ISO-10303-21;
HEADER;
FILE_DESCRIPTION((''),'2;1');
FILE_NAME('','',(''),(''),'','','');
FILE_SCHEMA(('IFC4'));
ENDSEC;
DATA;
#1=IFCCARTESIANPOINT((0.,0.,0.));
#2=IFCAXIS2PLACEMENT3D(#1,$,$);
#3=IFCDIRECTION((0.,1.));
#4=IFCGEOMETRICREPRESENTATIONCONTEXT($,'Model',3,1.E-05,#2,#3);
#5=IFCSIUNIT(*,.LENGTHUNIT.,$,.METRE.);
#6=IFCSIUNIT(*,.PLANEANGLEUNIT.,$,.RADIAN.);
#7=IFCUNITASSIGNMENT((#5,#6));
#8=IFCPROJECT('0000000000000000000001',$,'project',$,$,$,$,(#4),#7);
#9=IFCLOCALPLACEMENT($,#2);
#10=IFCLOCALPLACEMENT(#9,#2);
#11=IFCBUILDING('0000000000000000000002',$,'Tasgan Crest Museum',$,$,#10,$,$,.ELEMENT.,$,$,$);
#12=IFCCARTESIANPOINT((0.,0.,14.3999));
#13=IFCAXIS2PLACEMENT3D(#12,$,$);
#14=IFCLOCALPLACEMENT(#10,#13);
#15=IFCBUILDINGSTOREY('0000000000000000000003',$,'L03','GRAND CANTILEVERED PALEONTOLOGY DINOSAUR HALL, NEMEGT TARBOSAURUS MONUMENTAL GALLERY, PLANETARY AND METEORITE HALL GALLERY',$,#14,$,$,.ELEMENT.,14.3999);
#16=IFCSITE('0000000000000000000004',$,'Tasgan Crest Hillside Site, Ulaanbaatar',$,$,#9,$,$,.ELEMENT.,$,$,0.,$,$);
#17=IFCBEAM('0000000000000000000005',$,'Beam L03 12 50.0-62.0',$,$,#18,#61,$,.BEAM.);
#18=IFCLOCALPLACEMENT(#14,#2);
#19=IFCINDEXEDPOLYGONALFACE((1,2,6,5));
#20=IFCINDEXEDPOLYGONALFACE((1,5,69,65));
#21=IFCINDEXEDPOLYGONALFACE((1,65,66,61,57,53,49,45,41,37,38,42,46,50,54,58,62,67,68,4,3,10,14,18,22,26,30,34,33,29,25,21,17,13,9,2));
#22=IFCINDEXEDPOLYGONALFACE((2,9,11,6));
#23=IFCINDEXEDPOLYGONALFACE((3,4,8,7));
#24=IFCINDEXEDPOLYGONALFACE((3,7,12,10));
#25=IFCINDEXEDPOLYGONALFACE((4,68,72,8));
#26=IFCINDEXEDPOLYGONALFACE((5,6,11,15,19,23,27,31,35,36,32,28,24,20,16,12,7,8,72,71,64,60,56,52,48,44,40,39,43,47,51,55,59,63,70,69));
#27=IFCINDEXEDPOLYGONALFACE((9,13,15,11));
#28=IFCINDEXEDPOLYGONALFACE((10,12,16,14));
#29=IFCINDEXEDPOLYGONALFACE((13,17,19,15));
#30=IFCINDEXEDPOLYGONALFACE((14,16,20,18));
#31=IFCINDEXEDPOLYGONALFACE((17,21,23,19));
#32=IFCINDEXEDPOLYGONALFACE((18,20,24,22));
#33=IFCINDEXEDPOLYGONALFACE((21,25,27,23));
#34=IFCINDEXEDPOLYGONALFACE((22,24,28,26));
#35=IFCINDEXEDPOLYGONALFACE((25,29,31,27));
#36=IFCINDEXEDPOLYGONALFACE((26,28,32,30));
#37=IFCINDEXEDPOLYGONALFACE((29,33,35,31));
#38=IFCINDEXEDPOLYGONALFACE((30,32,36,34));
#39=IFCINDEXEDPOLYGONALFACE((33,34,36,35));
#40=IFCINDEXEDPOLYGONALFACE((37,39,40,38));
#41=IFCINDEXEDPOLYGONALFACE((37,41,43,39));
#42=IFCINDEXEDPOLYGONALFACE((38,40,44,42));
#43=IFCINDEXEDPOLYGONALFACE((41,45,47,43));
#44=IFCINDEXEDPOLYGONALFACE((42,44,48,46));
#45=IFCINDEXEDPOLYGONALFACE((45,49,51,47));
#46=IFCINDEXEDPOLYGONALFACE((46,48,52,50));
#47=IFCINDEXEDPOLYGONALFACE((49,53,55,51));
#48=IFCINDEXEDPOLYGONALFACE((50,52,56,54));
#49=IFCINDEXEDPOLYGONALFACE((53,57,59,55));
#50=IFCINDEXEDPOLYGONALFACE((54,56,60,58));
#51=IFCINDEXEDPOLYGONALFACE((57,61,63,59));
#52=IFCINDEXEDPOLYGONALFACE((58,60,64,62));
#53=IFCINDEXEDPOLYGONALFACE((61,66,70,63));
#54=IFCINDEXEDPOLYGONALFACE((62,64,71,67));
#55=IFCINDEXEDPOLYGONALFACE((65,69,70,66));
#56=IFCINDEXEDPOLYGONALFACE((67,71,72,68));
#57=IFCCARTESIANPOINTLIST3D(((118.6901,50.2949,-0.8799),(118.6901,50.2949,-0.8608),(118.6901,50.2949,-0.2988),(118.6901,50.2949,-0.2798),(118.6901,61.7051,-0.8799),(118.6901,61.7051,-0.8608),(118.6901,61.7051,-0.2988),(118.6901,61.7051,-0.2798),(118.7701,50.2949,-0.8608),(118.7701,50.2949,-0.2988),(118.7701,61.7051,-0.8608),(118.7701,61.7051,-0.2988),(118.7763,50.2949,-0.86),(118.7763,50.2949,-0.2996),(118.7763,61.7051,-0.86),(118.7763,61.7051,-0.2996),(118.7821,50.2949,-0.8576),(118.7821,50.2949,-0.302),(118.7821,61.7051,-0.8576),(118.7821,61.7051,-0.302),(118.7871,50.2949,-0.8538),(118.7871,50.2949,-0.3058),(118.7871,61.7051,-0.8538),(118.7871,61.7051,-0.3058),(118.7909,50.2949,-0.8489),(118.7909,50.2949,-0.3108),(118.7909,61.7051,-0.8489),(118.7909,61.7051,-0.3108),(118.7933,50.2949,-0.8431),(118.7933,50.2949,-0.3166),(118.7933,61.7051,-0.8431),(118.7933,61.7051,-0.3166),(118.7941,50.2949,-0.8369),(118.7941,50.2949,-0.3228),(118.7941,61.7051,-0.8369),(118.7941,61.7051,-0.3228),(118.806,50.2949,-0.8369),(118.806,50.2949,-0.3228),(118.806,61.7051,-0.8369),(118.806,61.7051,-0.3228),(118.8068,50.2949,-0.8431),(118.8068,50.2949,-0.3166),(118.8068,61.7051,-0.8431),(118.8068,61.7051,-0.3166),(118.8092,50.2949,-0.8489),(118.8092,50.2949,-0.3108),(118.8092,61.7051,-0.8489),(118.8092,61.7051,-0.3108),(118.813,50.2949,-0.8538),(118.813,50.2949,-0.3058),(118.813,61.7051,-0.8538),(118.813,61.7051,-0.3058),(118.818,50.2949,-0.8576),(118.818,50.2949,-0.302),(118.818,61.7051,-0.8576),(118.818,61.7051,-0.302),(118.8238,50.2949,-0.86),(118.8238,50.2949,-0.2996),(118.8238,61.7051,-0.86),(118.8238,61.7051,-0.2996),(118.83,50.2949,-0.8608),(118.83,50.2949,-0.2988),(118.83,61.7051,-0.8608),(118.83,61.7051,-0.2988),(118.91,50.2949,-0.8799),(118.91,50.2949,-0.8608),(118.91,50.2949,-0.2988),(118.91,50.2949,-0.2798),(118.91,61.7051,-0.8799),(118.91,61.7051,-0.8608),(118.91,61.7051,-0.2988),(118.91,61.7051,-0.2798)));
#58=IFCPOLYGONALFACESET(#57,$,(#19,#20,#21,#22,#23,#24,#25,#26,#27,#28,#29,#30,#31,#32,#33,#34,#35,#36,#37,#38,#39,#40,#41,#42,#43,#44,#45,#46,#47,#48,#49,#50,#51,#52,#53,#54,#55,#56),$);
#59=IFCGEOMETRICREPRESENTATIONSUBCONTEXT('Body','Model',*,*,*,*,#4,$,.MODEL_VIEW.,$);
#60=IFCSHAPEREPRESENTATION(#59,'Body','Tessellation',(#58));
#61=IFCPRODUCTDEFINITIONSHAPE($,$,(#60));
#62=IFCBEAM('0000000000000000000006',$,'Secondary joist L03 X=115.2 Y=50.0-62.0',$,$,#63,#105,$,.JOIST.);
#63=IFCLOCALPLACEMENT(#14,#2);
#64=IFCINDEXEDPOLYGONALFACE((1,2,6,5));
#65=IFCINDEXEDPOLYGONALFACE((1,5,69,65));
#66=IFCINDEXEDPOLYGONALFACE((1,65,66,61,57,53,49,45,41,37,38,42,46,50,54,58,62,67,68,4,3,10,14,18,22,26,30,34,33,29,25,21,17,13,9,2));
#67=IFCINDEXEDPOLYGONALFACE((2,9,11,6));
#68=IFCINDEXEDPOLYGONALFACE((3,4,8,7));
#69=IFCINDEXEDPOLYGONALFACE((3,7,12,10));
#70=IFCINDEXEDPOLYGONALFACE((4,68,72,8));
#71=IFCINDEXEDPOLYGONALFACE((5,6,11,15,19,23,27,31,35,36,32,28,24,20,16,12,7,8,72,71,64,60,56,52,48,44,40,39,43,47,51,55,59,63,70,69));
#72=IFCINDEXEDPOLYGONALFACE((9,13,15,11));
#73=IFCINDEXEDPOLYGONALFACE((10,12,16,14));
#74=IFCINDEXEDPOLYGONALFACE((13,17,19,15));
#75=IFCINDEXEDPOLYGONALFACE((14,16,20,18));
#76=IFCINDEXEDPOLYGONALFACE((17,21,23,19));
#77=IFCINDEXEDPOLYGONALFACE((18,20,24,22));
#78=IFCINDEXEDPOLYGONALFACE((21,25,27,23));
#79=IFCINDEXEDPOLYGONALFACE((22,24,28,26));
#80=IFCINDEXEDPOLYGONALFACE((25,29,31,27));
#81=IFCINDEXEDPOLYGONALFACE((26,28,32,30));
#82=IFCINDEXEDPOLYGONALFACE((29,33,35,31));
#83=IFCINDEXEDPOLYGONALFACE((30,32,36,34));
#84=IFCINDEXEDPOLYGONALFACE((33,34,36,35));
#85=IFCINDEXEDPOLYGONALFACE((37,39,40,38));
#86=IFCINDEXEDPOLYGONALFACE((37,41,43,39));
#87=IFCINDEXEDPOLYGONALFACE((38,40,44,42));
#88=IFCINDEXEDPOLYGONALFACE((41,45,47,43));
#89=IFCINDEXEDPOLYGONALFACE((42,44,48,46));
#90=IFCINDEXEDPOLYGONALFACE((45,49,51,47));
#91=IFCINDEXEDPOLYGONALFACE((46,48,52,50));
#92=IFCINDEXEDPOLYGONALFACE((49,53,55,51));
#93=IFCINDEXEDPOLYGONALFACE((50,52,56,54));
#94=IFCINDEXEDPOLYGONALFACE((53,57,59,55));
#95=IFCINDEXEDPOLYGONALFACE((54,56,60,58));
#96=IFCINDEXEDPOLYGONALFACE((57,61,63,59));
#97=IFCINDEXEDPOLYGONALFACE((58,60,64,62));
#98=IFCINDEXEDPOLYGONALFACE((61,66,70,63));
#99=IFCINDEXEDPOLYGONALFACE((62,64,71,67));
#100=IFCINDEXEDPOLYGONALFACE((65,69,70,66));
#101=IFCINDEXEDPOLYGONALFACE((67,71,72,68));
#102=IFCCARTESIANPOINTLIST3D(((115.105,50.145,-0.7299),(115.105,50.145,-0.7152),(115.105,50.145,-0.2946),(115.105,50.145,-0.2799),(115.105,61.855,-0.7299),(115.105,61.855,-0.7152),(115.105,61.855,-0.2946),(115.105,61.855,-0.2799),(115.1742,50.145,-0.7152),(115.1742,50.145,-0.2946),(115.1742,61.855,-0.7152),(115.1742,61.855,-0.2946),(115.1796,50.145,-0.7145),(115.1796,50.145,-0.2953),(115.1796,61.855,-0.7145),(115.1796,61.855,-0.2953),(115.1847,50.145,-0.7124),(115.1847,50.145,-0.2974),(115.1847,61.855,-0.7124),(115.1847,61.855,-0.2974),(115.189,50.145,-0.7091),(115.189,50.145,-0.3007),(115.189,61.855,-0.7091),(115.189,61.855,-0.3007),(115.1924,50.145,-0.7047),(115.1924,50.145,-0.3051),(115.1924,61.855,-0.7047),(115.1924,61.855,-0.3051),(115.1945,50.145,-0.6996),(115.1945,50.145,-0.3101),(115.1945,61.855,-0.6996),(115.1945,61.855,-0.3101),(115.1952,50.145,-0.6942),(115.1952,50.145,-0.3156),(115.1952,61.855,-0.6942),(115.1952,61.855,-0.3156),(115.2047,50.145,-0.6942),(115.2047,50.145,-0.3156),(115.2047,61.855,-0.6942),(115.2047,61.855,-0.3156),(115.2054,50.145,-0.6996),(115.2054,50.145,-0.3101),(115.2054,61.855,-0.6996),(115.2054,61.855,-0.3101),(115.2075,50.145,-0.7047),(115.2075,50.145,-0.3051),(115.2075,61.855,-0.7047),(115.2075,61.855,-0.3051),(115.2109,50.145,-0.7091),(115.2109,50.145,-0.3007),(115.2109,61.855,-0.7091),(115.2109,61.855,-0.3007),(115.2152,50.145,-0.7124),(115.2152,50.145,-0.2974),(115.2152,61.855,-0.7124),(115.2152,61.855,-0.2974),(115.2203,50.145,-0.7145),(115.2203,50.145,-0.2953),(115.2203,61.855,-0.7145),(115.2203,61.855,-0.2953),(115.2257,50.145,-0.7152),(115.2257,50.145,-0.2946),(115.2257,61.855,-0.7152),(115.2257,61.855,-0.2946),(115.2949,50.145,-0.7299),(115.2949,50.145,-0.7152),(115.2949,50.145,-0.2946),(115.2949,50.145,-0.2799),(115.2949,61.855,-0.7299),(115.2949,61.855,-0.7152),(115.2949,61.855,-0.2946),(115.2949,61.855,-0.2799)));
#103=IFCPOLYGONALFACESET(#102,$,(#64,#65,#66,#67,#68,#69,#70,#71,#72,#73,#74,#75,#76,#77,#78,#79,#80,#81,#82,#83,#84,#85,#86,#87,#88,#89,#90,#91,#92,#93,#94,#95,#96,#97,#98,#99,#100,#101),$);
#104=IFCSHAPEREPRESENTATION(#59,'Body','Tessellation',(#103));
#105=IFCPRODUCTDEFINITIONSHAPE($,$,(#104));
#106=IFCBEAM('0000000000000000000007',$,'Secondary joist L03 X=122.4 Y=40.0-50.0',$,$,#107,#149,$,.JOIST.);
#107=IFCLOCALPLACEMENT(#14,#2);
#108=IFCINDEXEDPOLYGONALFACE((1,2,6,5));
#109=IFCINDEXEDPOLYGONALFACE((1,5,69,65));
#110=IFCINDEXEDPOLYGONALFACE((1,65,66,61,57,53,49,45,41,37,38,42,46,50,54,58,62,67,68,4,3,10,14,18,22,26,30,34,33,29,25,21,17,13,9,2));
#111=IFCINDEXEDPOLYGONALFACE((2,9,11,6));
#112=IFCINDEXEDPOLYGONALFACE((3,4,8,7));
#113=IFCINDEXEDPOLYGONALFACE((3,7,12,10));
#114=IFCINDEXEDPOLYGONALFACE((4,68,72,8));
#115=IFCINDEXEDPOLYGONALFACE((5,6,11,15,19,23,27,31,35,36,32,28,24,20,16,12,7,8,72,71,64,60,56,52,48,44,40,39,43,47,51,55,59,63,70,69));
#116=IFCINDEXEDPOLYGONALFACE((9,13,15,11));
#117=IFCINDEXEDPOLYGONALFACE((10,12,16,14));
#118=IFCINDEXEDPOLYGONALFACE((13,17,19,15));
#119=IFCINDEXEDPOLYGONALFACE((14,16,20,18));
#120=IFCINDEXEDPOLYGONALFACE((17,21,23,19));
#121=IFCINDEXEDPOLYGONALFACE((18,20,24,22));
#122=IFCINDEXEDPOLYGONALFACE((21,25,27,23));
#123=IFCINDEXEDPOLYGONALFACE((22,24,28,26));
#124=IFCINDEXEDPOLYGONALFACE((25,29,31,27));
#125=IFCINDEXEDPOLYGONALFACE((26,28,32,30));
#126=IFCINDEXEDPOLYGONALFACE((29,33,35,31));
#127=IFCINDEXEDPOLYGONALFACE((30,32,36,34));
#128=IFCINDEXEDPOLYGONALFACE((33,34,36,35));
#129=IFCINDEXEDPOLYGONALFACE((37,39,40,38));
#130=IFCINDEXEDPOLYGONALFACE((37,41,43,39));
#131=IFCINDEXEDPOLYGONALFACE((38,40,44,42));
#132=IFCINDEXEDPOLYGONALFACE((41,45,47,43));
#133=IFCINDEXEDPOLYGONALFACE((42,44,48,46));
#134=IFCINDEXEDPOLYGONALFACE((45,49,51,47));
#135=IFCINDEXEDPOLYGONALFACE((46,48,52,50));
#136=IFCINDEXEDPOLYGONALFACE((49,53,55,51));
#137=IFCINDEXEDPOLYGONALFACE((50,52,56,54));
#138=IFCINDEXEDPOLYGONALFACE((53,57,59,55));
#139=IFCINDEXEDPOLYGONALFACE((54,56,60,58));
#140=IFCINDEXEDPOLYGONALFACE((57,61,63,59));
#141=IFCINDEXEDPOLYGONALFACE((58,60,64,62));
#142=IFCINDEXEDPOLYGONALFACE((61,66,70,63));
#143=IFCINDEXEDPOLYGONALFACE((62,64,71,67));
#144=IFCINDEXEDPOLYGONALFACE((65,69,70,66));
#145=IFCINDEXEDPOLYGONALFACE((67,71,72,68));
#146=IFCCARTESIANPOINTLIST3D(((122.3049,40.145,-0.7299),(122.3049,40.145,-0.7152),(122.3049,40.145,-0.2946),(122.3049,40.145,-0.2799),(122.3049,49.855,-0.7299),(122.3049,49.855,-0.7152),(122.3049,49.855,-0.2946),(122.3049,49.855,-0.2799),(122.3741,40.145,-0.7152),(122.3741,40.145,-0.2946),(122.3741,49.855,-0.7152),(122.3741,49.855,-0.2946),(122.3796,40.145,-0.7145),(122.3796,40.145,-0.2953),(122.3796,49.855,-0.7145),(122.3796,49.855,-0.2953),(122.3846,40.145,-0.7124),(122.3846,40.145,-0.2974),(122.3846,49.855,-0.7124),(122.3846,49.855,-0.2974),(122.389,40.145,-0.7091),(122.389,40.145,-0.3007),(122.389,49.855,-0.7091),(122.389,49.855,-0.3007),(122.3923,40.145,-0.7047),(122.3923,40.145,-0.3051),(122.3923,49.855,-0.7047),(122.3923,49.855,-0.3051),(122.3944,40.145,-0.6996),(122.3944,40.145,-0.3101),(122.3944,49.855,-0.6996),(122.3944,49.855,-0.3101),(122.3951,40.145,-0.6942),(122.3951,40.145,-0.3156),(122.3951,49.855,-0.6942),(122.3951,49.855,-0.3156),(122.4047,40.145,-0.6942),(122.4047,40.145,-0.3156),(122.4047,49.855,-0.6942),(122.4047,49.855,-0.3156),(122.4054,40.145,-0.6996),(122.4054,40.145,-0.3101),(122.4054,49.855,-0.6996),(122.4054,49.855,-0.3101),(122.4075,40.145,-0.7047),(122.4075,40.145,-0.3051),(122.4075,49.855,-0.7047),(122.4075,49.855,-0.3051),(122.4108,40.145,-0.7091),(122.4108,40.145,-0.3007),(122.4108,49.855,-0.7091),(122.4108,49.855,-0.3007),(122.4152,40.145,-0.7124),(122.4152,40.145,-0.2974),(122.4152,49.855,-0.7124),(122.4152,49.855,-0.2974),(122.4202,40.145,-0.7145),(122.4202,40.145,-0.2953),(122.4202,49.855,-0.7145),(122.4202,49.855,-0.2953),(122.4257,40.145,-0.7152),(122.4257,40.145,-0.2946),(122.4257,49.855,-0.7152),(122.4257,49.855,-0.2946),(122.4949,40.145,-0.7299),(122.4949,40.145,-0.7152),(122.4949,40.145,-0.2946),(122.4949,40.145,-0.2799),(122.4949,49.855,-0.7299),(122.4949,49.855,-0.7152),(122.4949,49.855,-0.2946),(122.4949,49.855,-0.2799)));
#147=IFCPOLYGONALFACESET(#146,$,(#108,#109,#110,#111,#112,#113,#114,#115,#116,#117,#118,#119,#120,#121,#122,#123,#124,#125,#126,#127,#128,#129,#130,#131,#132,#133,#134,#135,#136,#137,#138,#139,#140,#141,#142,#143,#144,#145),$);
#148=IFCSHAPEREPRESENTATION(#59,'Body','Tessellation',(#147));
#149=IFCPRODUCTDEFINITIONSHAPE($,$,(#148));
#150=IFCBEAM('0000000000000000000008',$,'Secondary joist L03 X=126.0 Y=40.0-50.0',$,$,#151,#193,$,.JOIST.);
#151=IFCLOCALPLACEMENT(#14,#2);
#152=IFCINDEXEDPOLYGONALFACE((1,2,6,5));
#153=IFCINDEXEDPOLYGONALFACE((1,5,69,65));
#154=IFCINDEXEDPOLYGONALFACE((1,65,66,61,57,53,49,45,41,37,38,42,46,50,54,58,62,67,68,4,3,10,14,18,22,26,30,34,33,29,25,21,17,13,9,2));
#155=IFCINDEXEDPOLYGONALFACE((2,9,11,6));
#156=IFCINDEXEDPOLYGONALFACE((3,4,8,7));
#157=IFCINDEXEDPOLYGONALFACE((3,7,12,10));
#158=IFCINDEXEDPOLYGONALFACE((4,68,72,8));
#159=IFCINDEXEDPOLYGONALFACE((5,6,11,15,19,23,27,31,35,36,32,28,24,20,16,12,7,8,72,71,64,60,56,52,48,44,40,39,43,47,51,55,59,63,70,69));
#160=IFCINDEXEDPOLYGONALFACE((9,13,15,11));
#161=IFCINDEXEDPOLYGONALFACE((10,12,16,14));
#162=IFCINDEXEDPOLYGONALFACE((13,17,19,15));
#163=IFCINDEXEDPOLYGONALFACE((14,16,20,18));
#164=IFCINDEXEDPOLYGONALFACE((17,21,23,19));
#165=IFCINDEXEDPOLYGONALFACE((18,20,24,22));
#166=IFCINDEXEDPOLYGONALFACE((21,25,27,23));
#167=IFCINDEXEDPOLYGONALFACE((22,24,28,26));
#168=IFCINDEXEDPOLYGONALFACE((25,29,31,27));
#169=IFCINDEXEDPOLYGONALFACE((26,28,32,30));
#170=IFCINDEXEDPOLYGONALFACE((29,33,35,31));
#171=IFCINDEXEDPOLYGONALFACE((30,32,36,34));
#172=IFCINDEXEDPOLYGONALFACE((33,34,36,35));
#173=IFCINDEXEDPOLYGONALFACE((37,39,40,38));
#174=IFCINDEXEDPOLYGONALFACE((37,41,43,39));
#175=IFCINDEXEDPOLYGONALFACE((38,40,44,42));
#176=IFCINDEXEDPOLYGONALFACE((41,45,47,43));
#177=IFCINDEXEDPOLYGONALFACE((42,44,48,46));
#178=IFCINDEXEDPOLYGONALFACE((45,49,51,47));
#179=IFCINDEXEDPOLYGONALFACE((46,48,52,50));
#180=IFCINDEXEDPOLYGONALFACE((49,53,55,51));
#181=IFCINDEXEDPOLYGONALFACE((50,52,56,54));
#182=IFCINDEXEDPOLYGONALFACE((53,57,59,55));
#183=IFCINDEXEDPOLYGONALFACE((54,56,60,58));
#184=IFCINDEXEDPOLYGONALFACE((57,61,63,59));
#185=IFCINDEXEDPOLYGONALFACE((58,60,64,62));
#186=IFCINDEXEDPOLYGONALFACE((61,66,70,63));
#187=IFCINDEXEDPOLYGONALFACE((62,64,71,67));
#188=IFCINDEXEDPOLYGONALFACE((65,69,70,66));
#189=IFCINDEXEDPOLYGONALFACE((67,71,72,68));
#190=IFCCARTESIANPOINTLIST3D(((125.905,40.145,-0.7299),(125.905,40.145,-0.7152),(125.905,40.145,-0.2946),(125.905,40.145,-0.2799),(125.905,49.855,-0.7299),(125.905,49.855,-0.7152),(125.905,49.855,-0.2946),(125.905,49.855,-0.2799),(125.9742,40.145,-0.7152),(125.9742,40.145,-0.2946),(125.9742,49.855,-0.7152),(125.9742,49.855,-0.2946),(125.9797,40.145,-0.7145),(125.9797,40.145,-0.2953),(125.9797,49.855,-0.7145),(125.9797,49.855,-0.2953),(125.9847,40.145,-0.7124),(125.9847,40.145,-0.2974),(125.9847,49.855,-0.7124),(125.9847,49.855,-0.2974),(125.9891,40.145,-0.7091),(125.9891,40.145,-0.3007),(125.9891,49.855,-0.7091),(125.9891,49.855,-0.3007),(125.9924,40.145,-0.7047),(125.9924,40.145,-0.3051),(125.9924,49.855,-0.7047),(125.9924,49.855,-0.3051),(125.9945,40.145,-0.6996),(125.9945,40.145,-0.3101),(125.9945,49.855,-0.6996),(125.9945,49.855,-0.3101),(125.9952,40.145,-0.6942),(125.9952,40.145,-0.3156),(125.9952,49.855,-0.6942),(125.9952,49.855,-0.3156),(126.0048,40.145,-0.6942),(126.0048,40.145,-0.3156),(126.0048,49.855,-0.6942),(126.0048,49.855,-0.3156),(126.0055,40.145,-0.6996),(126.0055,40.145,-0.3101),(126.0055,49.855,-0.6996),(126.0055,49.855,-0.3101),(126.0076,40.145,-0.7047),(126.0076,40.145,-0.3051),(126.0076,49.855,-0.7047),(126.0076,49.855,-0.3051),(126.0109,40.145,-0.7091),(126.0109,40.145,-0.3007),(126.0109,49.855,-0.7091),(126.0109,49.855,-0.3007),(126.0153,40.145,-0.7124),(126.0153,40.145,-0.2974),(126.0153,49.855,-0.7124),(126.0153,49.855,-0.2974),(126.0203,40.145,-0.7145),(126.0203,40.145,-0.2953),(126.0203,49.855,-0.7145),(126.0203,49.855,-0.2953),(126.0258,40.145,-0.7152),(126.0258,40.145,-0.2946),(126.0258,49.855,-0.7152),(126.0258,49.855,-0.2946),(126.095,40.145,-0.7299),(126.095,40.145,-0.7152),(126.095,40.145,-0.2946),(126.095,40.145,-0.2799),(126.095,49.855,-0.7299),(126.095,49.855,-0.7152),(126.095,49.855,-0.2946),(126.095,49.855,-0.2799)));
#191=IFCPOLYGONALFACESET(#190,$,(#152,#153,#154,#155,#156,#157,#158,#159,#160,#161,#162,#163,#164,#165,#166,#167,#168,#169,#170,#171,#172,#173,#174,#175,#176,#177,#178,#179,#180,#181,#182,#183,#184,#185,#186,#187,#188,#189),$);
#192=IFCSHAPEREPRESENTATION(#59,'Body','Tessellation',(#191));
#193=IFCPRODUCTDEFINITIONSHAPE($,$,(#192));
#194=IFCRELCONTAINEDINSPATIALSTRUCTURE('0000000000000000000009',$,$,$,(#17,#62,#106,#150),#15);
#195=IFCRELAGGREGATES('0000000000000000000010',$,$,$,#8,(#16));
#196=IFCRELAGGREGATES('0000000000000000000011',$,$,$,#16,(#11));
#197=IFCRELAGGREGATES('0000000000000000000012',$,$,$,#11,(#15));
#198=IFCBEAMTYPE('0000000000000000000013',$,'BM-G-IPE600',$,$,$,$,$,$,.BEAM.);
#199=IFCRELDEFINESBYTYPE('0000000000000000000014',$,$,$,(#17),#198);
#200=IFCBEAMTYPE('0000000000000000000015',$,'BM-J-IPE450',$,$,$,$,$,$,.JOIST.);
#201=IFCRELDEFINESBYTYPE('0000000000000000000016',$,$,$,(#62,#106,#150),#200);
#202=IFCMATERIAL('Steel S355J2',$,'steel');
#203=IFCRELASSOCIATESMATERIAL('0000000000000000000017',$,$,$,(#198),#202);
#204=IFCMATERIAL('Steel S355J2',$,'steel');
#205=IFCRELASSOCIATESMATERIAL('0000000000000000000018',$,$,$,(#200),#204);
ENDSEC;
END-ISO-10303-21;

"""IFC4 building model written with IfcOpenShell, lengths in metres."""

from ifc_helpers import new_model, si_unit, direction, frame, origin, origin_2d, place, context, subcontext, project, spatial, i_section, extrude, material, material_profile, profile_set, type_object, element, save


model = new_model("IFC4")

# Units and contexts
model_context = context("Model", 3, precision=1e-05, world=origin(), true_north=direction((0.0, 1.0)))
body_context = subcontext(model_context, "Body", "Model", "MODEL_VIEW")
ifc_project = project(units=[si_unit("LENGTHUNIT", "METRE"), si_unit("PLANEANGLEUNIT", "RADIAN")], contexts=[model_context])

# Site, building, storey
site_placement = place(None, origin())
site = spatial("IfcSite", under=ifc_project, at=site_placement, Name="Tasgan Crest Hillside Site, Ulaanbaatar", CompositionType="ELEMENT", RefElevation=0.0)
building_placement = place(site_placement, origin())
building = spatial("IfcBuilding", under=site, at=building_placement, Name="Tasgan Crest Museum", CompositionType="ELEMENT")
storey_placement = place(building_placement, frame((0.0, 0.0, 14.3999)))
storey = spatial("IfcBuildingStorey", under=building, at=storey_placement, Name="L03", Description="GRAND CANTILEVERED PALEONTOLOGY DINOSAUR HALL, NEMEGT TARBOSAURUS MONUMENTAL GALLERY, PLANETARY AND METEORITE HALL GALLERY", CompositionType="ELEMENT", Elevation=14.3999)

# Beams
ifc_material_1 = material(Name="Steel S355J2", Category="steel")
ifc_material_profile_1 = material_profile(ifc_material_1, i_section(OverallWidth=0.22, OverallDepth=0.6001, WebThickness=0.012, FlangeThickness=0.019, FilletRadius=0.0239, at=origin_2d()), Name="IPE 600")
ifc_profile_set_1 = profile_set([ifc_material_profile_1], Name="Steel S355J2")
beam_type_1 = type_object("IfcBeamType", Name="BM-G-IPE600", PredefinedType="BEAM", material=ifc_profile_set_1)
beam_1_placement = place(storey_placement, frame((118.8, 50.2949, -0.5798), z_axis=(0.0, 1.0, 0.0), x_axis=(-1.0, 0.0, 0.0)))
element("IfcBeam", 1, at=beam_1_placement, inside=storey, type_object=beam_type_1, Name="Beam L03 12 50.0-62.0", PredefinedType="BEAM", context=body_context, shape_type="SweptSolid", body=[
    extrude(i_section(OverallWidth=0.22, OverallDepth=0.6001, WebThickness=0.012, FlangeThickness=0.019, FilletRadius=0.0239, at=origin_2d()), origin(), (0.0, 0.0, 1.0), 11.4102),
])
ifc_material_2 = material(Name="Steel S355J2", Category="steel")
ifc_material_profile_2 = material_profile(ifc_material_2, i_section(OverallWidth=0.1899, OverallDepth=0.45, WebThickness=0.0095, FlangeThickness=0.0146, FilletRadius=0.021, at=origin_2d()), Name="IPE 450")
ifc_profile_set_2 = profile_set([ifc_material_profile_2], Name="Steel S355J2")
beam_type_2 = type_object("IfcBeamType", Name="BM-J-IPE450", PredefinedType="JOIST", material=ifc_profile_set_2)
beam_2_placement = place(storey_placement, frame((115.2, 50.145, -0.5049), z_axis=(0.0, 1.0, 0.0), x_axis=(-1.0, 0.0, 0.0)))
element("IfcBeam", 2, at=beam_2_placement, inside=storey, type_object=beam_type_2, Name="Secondary joist L03 X=115.2 Y=50.0-62.0", PredefinedType="JOIST", context=body_context, shape_type="SweptSolid", body=[
    extrude(i_section(OverallWidth=0.1899, OverallDepth=0.45, WebThickness=0.0095, FlangeThickness=0.0146, FilletRadius=0.021, at=origin_2d()), origin(), (0.0, 0.0, 1.0), 11.71),
])
for number, where, z_axis, x_axis, name in (
    (3, (122.3999, 40.145, -0.5049), (0.0, 1.0, 0.0), (-1.0, 0.0, 0.0), "Secondary joist L03 X=122.4 Y=40.0-50.0"),
    (4, (126.0, 40.145, -0.5049), (0.0, 1.0, 0.0), (-1.0, 0.0, 0.0), "Secondary joist L03 X=126.0 Y=40.0-50.0"),
):
    element("IfcBeam", number, at=place(storey_placement, frame(where, z_axis=z_axis, x_axis=x_axis)), inside=storey, type_object=beam_type_2, Name=name, PredefinedType="JOIST", context=body_context, shape_type="SweptSolid", body=[
        extrude(i_section(OverallWidth=0.1899, OverallDepth=0.45, WebThickness=0.0095, FlangeThickness=0.0146, FilletRadius=0.021, at=origin_2d()), origin(), (0.0, 0.0, 1.0), 9.71),
    ])

save(model, "model.ifc")
